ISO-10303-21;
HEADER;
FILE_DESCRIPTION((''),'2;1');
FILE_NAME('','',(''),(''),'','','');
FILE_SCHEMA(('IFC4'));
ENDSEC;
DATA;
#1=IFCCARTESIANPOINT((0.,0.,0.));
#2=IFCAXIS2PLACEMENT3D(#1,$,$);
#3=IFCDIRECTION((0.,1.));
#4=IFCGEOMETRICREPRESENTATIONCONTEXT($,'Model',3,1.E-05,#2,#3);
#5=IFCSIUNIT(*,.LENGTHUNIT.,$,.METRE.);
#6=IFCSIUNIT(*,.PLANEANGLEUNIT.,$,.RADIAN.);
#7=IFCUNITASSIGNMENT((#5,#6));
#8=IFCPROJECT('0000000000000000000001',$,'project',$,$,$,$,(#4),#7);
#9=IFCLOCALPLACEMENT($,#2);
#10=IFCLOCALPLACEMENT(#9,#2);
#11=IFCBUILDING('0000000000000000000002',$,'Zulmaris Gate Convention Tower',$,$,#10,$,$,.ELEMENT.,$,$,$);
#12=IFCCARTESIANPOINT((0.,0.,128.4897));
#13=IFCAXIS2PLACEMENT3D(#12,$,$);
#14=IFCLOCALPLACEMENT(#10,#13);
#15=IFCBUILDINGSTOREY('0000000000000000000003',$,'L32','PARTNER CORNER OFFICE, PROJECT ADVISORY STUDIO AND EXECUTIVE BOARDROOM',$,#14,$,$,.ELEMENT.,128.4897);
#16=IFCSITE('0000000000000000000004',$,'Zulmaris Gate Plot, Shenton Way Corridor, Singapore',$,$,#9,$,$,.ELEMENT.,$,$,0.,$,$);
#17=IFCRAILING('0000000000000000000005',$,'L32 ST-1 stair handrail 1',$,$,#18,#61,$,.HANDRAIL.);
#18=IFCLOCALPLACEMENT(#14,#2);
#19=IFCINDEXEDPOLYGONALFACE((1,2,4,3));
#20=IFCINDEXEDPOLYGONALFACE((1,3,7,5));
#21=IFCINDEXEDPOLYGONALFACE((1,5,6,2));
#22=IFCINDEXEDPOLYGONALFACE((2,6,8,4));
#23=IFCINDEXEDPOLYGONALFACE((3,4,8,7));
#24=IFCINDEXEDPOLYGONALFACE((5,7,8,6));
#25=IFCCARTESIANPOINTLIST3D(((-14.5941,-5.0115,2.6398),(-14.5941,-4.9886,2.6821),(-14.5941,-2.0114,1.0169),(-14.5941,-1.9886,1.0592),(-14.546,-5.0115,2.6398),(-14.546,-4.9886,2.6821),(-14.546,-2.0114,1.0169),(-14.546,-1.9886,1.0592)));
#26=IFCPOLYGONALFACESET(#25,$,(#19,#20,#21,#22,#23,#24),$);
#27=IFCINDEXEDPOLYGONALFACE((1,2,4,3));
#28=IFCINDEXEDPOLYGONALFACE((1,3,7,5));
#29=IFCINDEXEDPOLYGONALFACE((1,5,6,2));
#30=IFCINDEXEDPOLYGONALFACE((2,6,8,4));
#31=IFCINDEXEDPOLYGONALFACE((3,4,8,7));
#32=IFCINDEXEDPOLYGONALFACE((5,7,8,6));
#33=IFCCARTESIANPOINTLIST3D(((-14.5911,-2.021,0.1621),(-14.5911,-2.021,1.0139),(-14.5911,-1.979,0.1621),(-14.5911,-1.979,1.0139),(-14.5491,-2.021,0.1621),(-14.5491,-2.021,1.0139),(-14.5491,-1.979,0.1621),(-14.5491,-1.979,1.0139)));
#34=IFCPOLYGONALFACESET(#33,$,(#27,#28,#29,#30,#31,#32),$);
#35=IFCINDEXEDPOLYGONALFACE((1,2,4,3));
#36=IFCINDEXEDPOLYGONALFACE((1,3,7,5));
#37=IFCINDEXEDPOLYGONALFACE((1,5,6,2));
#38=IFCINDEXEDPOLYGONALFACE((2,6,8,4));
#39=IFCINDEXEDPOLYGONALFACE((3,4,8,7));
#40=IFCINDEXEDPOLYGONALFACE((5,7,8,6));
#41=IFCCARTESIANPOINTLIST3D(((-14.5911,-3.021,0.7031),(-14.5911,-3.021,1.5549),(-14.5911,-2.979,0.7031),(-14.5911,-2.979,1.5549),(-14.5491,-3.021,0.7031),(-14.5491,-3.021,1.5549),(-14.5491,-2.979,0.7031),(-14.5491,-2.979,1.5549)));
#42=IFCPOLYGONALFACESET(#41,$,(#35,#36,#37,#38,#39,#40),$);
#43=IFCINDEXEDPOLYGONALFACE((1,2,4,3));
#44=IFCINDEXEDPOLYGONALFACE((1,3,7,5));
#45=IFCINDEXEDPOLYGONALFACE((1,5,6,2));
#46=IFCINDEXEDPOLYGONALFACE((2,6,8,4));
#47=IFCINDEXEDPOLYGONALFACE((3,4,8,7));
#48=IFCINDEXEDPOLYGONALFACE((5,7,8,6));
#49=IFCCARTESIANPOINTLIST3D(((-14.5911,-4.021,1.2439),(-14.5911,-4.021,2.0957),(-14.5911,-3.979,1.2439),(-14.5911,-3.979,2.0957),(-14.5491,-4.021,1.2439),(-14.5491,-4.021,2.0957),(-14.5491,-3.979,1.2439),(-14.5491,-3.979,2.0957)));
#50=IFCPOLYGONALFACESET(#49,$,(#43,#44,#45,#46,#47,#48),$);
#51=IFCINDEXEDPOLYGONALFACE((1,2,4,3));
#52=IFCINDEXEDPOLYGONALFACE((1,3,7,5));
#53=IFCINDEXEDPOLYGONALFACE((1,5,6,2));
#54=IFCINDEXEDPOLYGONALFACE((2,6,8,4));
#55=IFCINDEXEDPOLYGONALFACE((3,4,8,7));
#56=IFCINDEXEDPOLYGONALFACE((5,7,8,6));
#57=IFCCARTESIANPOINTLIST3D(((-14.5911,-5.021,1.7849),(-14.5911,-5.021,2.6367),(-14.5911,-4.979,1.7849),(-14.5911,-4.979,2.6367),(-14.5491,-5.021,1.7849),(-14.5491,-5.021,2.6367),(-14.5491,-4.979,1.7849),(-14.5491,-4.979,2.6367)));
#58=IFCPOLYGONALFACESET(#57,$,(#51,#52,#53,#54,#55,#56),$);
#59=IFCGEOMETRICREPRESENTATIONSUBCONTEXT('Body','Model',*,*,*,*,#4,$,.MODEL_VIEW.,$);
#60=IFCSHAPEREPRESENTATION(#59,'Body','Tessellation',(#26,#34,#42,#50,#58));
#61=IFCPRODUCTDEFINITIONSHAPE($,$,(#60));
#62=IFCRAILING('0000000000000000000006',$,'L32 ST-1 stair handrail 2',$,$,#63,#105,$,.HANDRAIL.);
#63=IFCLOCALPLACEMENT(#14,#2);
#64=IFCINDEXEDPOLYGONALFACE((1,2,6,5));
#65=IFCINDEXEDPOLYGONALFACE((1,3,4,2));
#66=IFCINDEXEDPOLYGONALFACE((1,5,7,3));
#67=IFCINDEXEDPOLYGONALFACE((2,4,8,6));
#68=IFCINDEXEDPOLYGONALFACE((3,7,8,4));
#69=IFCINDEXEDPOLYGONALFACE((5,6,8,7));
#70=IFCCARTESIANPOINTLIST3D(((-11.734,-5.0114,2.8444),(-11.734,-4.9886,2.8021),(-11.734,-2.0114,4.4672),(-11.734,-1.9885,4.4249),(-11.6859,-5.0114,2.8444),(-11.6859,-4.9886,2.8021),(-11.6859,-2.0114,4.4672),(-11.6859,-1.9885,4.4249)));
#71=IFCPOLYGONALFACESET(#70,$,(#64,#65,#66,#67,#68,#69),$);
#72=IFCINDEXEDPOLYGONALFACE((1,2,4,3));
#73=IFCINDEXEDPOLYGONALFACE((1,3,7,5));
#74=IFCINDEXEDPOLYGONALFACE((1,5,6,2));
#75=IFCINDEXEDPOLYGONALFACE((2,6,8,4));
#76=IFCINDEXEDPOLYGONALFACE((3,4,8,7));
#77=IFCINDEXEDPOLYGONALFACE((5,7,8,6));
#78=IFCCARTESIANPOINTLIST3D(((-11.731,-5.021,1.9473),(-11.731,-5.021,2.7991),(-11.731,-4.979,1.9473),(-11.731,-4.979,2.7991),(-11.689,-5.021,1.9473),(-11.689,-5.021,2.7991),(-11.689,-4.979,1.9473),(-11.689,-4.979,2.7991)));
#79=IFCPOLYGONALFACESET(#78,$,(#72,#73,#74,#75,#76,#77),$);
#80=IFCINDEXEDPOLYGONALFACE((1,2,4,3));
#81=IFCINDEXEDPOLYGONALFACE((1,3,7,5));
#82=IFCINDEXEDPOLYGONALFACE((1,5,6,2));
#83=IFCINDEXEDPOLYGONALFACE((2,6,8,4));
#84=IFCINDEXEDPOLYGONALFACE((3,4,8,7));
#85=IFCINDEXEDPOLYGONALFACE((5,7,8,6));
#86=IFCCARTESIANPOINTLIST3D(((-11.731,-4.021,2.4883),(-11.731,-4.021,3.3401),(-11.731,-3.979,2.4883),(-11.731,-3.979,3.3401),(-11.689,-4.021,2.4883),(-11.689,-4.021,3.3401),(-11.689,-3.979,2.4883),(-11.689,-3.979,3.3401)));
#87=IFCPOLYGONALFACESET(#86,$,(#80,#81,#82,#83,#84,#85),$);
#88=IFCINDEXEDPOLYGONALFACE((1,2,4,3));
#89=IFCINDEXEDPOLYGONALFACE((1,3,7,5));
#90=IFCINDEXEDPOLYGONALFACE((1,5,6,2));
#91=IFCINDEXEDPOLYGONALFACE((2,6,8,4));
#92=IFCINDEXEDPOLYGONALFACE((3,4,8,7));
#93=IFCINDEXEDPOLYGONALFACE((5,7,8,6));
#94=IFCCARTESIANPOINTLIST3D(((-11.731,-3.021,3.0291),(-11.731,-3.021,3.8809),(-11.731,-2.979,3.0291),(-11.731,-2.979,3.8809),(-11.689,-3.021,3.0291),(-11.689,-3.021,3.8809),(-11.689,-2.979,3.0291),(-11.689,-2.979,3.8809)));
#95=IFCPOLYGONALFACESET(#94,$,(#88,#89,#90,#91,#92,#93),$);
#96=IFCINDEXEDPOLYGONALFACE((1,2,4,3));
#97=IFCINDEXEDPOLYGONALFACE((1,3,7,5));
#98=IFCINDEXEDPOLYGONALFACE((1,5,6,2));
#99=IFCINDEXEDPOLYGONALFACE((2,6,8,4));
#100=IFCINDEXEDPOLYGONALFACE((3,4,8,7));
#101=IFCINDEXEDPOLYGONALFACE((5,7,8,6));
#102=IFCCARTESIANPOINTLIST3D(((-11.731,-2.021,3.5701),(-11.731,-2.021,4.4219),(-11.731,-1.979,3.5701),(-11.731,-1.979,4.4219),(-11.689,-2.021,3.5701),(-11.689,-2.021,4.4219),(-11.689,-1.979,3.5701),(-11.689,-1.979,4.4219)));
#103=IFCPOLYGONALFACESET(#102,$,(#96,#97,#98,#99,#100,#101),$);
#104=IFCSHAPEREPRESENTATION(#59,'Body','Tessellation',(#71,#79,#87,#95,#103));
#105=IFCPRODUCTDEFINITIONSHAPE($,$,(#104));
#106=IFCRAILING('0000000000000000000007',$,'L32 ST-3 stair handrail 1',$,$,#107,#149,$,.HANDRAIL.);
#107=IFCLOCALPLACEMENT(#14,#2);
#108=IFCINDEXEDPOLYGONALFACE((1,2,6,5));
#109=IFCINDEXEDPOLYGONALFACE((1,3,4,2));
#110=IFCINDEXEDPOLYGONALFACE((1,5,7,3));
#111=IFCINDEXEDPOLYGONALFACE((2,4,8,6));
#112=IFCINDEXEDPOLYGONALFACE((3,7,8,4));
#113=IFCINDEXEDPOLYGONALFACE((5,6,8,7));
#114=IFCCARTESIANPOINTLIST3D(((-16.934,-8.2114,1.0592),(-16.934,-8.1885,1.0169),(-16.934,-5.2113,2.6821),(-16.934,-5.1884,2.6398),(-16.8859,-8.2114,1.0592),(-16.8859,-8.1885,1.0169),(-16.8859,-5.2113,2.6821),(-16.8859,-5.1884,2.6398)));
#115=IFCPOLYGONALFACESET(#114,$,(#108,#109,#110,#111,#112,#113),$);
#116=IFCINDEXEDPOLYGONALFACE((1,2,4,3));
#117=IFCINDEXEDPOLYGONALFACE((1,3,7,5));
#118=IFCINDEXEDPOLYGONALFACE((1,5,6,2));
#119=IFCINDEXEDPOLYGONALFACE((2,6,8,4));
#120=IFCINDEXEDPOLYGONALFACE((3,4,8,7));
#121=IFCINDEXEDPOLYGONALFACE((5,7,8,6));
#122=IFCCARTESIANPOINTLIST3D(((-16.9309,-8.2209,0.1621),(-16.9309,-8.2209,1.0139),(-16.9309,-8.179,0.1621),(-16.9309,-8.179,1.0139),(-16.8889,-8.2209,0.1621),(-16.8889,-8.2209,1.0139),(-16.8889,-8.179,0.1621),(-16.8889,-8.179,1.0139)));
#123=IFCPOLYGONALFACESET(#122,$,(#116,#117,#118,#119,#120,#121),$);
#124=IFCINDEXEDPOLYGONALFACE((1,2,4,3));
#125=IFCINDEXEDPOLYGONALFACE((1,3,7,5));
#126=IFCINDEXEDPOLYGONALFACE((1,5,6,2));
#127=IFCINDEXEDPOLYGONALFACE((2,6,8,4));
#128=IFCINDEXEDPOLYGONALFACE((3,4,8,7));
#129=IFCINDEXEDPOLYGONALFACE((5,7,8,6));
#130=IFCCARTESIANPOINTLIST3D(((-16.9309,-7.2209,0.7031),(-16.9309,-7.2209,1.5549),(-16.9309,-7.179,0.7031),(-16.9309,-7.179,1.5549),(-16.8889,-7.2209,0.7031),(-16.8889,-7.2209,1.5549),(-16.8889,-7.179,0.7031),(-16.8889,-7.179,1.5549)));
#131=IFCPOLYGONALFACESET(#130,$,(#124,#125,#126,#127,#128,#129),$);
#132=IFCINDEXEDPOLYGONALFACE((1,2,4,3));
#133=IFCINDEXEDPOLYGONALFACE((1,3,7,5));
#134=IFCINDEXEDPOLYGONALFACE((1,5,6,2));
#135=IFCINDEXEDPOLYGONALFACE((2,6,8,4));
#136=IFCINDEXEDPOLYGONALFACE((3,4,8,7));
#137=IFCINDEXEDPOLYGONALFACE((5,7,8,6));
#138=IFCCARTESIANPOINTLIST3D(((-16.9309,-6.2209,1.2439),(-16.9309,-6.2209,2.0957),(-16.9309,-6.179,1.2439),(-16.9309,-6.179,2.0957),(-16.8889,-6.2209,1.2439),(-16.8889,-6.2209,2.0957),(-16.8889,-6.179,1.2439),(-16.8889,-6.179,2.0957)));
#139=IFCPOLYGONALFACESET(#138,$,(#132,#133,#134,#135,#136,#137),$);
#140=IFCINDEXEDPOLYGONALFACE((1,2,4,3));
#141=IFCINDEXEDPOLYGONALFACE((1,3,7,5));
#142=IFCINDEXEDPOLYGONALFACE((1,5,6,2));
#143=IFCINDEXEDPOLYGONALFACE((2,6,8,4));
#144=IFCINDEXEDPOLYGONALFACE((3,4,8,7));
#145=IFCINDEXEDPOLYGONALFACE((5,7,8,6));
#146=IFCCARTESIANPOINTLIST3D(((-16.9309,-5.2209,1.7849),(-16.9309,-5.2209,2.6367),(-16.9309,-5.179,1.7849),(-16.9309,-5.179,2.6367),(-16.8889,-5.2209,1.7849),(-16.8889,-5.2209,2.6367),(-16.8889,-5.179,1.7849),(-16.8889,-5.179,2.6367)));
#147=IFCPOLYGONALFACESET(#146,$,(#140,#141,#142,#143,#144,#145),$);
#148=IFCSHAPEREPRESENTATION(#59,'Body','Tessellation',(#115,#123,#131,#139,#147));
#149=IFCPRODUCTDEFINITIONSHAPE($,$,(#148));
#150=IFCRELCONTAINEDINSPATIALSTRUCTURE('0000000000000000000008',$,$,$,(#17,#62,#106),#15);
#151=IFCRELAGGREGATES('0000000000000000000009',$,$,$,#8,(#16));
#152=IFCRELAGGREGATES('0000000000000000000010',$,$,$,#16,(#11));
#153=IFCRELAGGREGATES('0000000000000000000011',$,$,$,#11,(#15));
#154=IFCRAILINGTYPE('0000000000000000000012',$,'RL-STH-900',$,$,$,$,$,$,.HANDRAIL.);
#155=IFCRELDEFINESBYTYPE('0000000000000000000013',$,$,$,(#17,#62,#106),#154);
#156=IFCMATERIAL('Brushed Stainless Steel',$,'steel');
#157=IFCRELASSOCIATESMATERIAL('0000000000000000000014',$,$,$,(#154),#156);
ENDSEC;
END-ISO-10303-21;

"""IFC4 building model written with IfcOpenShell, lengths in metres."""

from ifc_helpers import new_model, si_unit, direction, frame, origin, origin_2d, place, context, subcontext, project, spatial, rectangle, extrude, material, type_object, element, save


model = new_model("IFC4")

# Units and contexts
model_context = context("Model", 3, precision=1e-05, world=origin(), true_north=direction((0.0, 1.0)))
body_context = subcontext(model_context, "Body", "Model", "MODEL_VIEW")
ifc_project = project(units=[si_unit("LENGTHUNIT", "METRE"), si_unit("PLANEANGLEUNIT", "RADIAN")], contexts=[model_context])

# Site, building, storey
site_placement = place(None, origin())
site = spatial("IfcSite", under=ifc_project, at=site_placement, Name="Zulmaris Gate Plot, Shenton Way Corridor, Singapore", CompositionType="ELEMENT", RefElevation=0.0)
building_placement = place(site_placement, origin())
building = spatial("IfcBuilding", under=site, at=building_placement, Name="Zulmaris Gate Convention Tower", CompositionType="ELEMENT")
storey_placement = place(building_placement, frame((0.0, 0.0, 128.4897)))
storey = spatial("IfcBuildingStorey", under=building, at=storey_placement, Name="L32", Description="PARTNER CORNER OFFICE, PROJECT ADVISORY STUDIO AND EXECUTIVE BOARDROOM", CompositionType="ELEMENT", Elevation=128.4897)

# Railings
ifc_material_1 = material(Name="Brushed Stainless Steel", Category="steel")
railing_type_1 = type_object("IfcRailingType", Name="RL-STH-900", PredefinedType="HANDRAIL", material=ifc_material_1)
railing_1_placement = place(storey_placement, frame((-14.5701, -2.0, 0.1621)))
element("IfcRailing", 1, at=railing_1_placement, inside=storey, type_object=railing_type_1, Name="L32 ST-1 stair handrail 1", PredefinedType="HANDRAIL", context=body_context, shape_type="SweptSolid", body=[
    extrude(rectangle(XDim=0.0481, YDim=0.0481, at=origin_2d()), frame((0.0, 0.0, 0.876), z_axis=(0.0, -0.879562, 0.475785), x_axis=(1.0, 0.0, 0.0)), (0.0, 0.0, 1.0), 3.4109),
    extrude(rectangle(XDim=0.042, YDim=0.042, at=origin_2d()), origin(), (0.0, 0.0, 1.0), 0.8518),
    extrude(rectangle(XDim=0.042, YDim=0.042, at=origin_2d()), frame((0.0, -1.0, 0.541)), (0.0, 0.0, 1.0), 0.8518),
    extrude(rectangle(XDim=0.042, YDim=0.042, at=origin_2d()), frame((0.0, -2.0, 1.0818)), (0.0, 0.0, 1.0), 0.8518),
    extrude(rectangle(XDim=0.042, YDim=0.042, at=origin_2d()), frame((0.0, -3.0, 1.6228)), (0.0, 0.0, 1.0), 0.8518),
])
for number, where, name in (
    (2, (-11.71, -5.0, 1.9473), "L32 ST-1 stair handrail 2"),
    (3, (-16.9099, -8.2, 0.1621), "L32 ST-3 stair handrail 1"),
):
    element("IfcRailing", number, at=place(storey_placement, frame(where)), inside=storey, type_object=railing_type_1, Name=name, PredefinedType="HANDRAIL", context=body_context, shape_type="SweptSolid", body=[
        extrude(rectangle(XDim=0.0481, YDim=0.0481, at=origin_2d()), frame((0.0, 0.0, 0.876), z_axis=(0.0, 0.879562, 0.475785), x_axis=(-1.0, 0.0, 0.0)), (0.0, 0.0, 1.0), 3.4109),
        extrude(rectangle(XDim=0.042, YDim=0.042, at=origin_2d()), origin(), (0.0, 0.0, 1.0), 0.8518),
        extrude(rectangle(XDim=0.042, YDim=0.042, at=origin_2d()), frame((0.0, 1.0, 0.541)), (0.0, 0.0, 1.0), 0.8518),
        extrude(rectangle(XDim=0.042, YDim=0.042, at=origin_2d()), frame((0.0, 2.0, 1.0818)), (0.0, 0.0, 1.0), 0.8518),
        extrude(rectangle(XDim=0.042, YDim=0.042, at=origin_2d()), frame((0.0, 3.0, 1.6228)), (0.0, 0.0, 1.0), 0.8518),
    ])

save(model, "model.ifc")
